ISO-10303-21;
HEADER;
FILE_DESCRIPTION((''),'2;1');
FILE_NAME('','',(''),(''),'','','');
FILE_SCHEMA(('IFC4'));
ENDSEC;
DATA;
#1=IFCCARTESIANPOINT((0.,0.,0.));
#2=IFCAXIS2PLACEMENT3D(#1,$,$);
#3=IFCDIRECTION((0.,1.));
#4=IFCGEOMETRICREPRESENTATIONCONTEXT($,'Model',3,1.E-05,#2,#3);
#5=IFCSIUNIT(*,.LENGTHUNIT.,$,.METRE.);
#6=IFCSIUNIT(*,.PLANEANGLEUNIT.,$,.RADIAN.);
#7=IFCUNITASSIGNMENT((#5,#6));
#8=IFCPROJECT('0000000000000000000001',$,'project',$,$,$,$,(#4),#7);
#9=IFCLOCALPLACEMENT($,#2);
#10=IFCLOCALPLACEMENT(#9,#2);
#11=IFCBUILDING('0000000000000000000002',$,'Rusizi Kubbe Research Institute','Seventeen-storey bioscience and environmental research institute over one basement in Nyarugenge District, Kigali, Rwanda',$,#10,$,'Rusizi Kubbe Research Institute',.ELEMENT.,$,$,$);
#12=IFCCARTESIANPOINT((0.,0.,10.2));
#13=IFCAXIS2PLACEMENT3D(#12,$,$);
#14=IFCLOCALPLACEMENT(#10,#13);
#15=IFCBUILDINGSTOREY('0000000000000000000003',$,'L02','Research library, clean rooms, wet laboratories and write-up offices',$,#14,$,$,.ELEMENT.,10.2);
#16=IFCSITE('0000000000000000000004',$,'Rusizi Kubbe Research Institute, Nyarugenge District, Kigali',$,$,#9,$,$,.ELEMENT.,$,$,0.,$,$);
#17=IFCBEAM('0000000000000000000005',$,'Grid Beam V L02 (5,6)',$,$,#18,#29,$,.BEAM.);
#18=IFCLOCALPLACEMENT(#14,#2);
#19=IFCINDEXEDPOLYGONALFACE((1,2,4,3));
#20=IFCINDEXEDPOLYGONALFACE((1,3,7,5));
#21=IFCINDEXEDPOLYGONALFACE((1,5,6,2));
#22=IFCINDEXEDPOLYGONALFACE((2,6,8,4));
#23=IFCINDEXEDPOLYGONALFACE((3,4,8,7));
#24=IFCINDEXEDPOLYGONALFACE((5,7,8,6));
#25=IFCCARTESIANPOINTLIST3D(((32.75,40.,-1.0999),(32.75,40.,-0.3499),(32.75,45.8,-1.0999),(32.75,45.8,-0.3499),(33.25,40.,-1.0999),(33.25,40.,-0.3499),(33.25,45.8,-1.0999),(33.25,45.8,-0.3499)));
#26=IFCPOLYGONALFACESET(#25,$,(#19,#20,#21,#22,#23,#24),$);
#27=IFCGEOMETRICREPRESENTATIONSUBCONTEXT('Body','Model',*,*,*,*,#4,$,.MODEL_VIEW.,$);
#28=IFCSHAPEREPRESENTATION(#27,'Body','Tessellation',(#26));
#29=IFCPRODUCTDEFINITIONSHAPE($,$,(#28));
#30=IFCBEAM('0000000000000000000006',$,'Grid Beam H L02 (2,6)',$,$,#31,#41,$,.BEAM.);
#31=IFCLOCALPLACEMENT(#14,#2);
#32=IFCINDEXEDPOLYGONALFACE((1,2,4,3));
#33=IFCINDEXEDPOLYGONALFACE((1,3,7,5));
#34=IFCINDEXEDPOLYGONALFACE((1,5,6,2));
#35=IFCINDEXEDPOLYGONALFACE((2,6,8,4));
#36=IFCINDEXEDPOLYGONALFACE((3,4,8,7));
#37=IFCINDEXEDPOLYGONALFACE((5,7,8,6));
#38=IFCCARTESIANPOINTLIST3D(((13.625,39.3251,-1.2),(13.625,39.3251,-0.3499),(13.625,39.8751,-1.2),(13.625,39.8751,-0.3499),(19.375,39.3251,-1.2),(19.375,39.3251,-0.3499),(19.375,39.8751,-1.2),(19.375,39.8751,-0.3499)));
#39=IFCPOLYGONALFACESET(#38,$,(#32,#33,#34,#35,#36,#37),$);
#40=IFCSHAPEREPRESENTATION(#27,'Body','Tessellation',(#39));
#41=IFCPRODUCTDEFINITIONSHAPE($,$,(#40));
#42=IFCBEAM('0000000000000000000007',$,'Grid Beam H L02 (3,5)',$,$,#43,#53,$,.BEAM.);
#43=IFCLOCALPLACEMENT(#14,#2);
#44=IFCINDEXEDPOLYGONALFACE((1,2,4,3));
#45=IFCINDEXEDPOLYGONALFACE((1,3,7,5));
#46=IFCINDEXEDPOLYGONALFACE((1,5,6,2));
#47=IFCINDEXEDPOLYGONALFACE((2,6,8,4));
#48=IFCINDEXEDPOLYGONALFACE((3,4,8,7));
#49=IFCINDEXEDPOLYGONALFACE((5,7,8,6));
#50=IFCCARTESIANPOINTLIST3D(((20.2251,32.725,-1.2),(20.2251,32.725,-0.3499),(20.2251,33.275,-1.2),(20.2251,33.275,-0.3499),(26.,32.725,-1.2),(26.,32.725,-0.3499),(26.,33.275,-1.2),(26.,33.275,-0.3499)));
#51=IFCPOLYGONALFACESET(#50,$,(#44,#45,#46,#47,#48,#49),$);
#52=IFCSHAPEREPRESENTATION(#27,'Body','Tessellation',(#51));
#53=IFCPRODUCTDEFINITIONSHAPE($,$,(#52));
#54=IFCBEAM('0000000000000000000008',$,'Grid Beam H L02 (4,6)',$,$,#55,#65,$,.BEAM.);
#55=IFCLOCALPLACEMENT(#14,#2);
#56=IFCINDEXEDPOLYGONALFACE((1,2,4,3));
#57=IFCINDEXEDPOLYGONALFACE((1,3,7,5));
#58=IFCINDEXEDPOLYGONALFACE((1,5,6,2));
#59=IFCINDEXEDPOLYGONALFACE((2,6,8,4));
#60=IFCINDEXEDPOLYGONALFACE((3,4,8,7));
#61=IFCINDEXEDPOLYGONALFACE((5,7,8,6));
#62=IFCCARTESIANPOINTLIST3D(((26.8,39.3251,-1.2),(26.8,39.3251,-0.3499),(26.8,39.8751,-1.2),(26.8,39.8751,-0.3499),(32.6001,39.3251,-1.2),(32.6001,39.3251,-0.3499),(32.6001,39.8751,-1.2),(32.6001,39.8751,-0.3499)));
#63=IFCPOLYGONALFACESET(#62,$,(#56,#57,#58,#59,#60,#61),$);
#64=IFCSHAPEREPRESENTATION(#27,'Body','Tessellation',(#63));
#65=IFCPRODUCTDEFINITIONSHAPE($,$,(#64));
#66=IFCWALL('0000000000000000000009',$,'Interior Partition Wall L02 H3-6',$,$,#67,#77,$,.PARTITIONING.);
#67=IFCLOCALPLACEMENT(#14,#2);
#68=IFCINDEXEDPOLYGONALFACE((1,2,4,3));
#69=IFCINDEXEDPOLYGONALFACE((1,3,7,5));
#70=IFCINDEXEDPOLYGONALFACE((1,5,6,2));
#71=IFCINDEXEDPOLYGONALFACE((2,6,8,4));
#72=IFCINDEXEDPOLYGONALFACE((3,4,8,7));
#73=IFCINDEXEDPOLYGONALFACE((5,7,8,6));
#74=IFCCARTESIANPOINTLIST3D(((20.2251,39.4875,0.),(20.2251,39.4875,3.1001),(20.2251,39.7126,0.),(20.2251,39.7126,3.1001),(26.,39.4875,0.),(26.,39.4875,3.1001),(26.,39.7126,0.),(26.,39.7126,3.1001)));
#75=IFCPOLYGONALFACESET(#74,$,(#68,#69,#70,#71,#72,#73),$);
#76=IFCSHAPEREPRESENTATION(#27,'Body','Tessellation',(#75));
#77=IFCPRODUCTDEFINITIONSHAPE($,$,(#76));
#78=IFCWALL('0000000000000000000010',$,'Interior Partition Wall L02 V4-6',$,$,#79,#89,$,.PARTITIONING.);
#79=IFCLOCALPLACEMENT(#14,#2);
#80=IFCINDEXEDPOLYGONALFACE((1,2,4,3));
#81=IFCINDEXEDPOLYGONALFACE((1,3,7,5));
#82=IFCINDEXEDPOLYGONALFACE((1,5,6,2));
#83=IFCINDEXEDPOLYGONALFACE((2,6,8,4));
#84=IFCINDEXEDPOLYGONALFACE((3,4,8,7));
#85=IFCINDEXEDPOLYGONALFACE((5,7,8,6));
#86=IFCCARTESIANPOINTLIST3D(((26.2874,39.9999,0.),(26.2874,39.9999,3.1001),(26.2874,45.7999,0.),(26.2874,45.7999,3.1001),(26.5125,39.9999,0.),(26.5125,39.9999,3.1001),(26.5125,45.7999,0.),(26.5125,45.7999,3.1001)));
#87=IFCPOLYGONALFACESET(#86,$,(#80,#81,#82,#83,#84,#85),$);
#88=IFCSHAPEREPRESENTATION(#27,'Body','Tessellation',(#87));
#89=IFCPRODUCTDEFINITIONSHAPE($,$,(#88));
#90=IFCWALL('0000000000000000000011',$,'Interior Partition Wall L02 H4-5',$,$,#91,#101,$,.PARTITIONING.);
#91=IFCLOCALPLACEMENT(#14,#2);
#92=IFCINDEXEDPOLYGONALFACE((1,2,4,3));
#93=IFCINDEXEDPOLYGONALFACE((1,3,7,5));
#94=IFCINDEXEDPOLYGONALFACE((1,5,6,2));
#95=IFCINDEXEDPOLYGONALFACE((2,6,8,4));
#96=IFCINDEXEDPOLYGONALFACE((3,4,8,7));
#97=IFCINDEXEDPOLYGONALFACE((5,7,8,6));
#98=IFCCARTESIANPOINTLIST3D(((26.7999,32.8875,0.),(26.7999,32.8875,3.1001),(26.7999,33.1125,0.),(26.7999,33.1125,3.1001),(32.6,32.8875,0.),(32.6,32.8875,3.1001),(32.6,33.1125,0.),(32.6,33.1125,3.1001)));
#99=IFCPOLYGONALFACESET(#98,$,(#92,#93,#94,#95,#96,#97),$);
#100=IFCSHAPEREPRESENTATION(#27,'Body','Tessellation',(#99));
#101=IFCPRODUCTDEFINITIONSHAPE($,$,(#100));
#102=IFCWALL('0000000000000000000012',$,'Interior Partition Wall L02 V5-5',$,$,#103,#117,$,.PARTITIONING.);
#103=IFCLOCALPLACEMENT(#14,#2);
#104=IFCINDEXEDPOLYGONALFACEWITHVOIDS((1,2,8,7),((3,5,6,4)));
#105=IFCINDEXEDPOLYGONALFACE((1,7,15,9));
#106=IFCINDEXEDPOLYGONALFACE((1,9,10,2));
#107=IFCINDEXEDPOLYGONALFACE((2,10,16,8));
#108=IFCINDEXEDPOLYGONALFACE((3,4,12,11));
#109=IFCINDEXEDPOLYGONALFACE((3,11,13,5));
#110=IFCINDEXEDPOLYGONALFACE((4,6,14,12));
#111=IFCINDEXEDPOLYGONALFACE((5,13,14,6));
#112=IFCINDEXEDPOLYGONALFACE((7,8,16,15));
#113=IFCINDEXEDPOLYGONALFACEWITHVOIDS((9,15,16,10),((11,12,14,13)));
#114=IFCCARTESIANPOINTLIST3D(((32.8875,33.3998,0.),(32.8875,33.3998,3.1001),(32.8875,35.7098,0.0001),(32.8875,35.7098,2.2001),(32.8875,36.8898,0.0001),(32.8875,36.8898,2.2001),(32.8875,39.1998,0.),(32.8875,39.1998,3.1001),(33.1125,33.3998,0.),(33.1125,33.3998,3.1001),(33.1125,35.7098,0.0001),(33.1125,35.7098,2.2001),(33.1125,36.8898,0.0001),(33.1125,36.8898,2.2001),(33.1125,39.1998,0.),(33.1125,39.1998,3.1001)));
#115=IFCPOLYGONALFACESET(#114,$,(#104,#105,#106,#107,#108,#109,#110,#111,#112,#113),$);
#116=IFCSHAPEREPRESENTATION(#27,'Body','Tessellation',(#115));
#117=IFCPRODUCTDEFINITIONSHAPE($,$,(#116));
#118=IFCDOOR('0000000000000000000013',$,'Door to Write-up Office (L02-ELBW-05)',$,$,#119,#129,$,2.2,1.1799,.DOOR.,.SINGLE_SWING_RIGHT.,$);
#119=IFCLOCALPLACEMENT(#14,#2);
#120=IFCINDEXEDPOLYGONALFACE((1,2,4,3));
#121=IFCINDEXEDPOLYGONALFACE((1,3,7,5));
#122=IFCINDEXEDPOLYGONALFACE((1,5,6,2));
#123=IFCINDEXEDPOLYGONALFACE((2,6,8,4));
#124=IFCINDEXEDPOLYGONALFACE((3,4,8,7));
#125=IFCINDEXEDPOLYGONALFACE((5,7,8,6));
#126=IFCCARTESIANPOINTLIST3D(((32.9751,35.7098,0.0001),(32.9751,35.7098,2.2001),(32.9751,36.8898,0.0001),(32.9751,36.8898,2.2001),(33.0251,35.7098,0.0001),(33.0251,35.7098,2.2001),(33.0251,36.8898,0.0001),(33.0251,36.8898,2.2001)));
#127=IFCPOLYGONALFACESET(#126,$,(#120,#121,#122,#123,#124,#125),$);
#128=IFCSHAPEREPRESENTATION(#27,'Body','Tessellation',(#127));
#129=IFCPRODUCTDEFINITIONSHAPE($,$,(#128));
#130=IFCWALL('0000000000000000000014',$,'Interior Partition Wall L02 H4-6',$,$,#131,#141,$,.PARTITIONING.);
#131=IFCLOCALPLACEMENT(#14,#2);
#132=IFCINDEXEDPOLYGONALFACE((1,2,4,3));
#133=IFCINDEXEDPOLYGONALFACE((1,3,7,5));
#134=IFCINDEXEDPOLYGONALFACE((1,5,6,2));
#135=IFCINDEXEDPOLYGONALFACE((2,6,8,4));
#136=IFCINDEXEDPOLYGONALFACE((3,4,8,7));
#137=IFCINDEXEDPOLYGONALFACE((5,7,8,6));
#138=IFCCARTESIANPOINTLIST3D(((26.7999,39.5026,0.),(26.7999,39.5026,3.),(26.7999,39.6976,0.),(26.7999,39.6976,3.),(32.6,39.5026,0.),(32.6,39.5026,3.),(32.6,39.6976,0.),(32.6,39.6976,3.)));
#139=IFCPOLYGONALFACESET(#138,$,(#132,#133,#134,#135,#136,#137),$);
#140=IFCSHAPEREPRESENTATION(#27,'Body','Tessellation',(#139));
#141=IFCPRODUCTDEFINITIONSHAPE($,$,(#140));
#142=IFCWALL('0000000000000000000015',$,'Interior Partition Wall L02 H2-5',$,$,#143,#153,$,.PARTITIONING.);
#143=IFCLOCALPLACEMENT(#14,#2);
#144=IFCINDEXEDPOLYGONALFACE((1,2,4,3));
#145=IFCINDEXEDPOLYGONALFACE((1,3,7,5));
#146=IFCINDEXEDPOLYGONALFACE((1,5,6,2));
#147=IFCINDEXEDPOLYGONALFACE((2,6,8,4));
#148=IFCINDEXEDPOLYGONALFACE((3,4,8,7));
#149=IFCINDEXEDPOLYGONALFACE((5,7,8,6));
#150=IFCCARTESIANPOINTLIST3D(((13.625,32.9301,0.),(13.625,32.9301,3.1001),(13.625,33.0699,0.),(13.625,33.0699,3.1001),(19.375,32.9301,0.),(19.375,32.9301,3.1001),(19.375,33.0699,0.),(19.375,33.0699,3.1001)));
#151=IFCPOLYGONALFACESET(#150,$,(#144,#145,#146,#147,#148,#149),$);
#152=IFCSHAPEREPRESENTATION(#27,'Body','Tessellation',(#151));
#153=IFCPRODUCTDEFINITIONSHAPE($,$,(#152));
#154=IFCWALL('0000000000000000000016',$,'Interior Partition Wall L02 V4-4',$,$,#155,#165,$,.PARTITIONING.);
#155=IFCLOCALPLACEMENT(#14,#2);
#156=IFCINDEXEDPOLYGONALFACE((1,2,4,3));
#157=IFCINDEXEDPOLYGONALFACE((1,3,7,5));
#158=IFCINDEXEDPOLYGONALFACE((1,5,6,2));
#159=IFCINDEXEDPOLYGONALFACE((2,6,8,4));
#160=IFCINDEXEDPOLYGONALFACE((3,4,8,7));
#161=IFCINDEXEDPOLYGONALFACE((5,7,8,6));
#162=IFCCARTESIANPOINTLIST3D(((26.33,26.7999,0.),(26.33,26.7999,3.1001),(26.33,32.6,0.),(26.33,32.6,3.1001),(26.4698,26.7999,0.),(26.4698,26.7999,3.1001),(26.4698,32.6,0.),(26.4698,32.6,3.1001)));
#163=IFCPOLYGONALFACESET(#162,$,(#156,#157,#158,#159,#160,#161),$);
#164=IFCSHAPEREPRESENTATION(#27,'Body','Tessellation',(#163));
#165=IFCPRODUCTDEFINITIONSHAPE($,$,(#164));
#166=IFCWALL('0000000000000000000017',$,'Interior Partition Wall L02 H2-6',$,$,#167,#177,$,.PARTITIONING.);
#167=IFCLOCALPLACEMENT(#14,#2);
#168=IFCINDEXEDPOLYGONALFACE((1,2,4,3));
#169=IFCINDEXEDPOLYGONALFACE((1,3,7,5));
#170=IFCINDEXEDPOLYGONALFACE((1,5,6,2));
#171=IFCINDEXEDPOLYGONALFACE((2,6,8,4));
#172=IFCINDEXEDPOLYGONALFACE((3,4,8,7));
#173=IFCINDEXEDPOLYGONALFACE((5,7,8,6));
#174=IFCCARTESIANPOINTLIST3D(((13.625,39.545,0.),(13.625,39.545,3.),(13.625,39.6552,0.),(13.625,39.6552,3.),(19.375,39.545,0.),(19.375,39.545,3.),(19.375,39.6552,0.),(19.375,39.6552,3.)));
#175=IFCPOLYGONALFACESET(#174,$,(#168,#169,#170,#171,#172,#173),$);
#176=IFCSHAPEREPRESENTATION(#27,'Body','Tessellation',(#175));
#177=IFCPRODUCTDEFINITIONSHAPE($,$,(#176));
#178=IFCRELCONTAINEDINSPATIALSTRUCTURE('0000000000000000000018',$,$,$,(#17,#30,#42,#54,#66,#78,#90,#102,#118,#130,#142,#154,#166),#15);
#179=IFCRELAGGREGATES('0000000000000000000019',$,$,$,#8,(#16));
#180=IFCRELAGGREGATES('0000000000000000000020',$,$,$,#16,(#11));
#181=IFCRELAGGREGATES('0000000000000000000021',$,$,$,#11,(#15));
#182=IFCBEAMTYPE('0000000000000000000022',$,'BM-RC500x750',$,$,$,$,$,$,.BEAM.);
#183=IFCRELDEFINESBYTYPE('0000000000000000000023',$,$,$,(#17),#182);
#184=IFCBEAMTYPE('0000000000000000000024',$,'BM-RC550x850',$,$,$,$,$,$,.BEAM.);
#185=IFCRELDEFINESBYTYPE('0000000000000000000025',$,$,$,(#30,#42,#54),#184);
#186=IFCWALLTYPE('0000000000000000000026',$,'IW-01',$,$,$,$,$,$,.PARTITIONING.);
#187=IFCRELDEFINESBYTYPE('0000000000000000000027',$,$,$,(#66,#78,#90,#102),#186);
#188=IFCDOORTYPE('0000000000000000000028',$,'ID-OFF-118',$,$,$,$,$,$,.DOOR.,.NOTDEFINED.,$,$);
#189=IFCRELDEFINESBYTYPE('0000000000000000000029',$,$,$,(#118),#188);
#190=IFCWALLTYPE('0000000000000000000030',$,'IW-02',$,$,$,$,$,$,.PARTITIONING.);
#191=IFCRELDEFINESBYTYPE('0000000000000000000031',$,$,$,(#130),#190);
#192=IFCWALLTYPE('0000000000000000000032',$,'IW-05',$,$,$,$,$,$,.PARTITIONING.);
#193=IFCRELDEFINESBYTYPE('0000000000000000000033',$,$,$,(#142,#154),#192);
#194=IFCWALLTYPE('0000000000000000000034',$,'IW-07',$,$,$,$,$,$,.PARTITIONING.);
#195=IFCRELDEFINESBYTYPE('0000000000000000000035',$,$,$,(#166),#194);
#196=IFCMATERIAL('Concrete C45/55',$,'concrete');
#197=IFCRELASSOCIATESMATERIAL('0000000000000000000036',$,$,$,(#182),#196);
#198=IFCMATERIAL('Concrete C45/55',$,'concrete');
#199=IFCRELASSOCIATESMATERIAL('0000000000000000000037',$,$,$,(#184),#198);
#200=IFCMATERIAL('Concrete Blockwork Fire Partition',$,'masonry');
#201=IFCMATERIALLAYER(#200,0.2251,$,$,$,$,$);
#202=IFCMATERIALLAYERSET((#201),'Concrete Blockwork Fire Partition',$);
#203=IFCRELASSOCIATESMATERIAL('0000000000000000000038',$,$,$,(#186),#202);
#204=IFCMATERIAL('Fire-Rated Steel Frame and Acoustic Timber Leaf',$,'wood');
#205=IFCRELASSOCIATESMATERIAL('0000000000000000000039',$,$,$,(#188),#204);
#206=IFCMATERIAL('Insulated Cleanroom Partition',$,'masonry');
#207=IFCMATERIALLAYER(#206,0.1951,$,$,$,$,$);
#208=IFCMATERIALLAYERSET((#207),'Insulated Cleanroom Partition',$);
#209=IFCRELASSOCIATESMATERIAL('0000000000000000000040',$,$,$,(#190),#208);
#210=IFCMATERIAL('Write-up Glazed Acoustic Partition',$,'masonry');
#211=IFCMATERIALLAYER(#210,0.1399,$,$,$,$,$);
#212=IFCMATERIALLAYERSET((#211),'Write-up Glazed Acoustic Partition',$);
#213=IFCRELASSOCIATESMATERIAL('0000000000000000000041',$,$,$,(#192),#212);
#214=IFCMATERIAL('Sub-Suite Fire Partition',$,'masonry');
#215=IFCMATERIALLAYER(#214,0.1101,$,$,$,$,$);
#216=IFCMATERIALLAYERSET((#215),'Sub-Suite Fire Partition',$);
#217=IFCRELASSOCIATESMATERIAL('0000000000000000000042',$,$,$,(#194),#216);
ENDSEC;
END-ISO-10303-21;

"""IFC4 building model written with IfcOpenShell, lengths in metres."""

from ifc_helpers import new_model, si_unit, direction, frame, frame_2d, origin, origin_2d, place, context, subcontext, project, spatial, rectangle, extrude, material, layer, layer_set, material_profile, profile_set, type_object, element, fill, save


model = new_model("IFC4")

# Units and contexts
model_context = context("Model", 3, precision=1e-05, world=origin(), true_north=direction((0.0, 1.0)))
body_context = subcontext(model_context, "Body", "Model", "MODEL_VIEW")
ifc_project = project(units=[si_unit("LENGTHUNIT", "METRE"), si_unit("PLANEANGLEUNIT", "RADIAN")], contexts=[model_context])

# Site, building, storey
site_placement = place(None, origin())
site = spatial("IfcSite", under=ifc_project, at=site_placement, Name="Rusizi Kubbe Research Institute, Nyarugenge District, Kigali", CompositionType="ELEMENT", RefElevation=0.0)
building_placement = place(site_placement, origin())
building = spatial("IfcBuilding", under=site, at=building_placement, Name="Rusizi Kubbe Research Institute", Description="Seventeen-storey bioscience and environmental research institute over one basement in Nyarugenge District, Kigali, Rwanda", LongName="Rusizi Kubbe Research Institute", CompositionType="ELEMENT")
storey_placement = place(building_placement, frame((0.0, 0.0, 10.2)))
storey = spatial("IfcBuildingStorey", under=building, at=storey_placement, Name="L02", Description="Research library, clean rooms, wet laboratories and write-up offices", CompositionType="ELEMENT", Elevation=10.2)

# Beams
ifc_material_1 = material(Name="Concrete C45/55", Category="concrete")
ifc_material_profile_1 = material_profile(ifc_material_1, rectangle(XDim=0.5, YDim=0.75, at=origin_2d()), Name="RC500x750B")
ifc_profile_set_1 = profile_set([ifc_material_profile_1], Name="Concrete C45/55")
beam_type_1 = type_object("IfcBeamType", Name="BM-RC500x750", PredefinedType="BEAM", material=ifc_profile_set_1)
for number, where, z_axis, x_axis, name in (
    (1, (33.0, 40.0, -0.7249), (0.0, 1.0, 0.0), (-1.0, 0.0, 0.0), "Grid Beam V L02 (5,6)"),
):
    element("IfcBeam", number, at=place(storey_placement, frame(where, z_axis=z_axis, x_axis=x_axis)), inside=storey, type_object=beam_type_1, Name=name, PredefinedType="BEAM", context=body_context, shape_type="SweptSolid", body=[
        extrude(rectangle(XDim=0.5, YDim=0.75, at=origin_2d()), origin(), (0.0, 0.0, 1.0), 5.8),
    ])
ifc_material_2 = material(Name="Concrete C45/55", Category="concrete")
ifc_material_profile_2 = material_profile(ifc_material_2, rectangle(XDim=0.55, YDim=0.8501, at=origin_2d()), Name="RC550x850")
ifc_profile_set_2 = profile_set([ifc_material_profile_2], Name="Concrete C45/55")
beam_type_2 = type_object("IfcBeamType", Name="BM-RC550x850", PredefinedType="BEAM", material=ifc_profile_set_2)
beam_1_placement = place(storey_placement, frame((13.625, 39.6001, -0.7749), z_axis=(1.0, 0.0, 0.0), x_axis=(0.0, 1.0, 0.0)))
element("IfcBeam", 2, at=beam_1_placement, inside=storey, type_object=beam_type_2, Name="Grid Beam H L02 (2,6)", PredefinedType="BEAM", context=body_context, shape_type="SweptSolid", body=[
    extrude(rectangle(XDim=0.55, YDim=0.8501, at=origin_2d()), origin(), (0.0, 0.0, 1.0), 5.75),
])
beam_2_placement = place(storey_placement, frame((20.2251, 33.0, -0.7749), z_axis=(1.0, 0.0, 0.0), x_axis=(0.0, 1.0, 0.0)))
element("IfcBeam", 3, at=beam_2_placement, inside=storey, type_object=beam_type_2, Name="Grid Beam H L02 (3,5)", PredefinedType="BEAM", context=body_context, shape_type="SweptSolid", body=[
    extrude(rectangle(XDim=0.55, YDim=0.8501, at=origin_2d()), origin(), (0.0, 0.0, 1.0), 5.7749),
])
beam_3_placement = place(storey_placement, frame((26.8, 39.6001, -0.7749), z_axis=(1.0, 0.0, 0.0), x_axis=(0.0, 1.0, 0.0)))
element("IfcBeam", 4, at=beam_3_placement, inside=storey, type_object=beam_type_2, Name="Grid Beam H L02 (4,6)", PredefinedType="BEAM", context=body_context, shape_type="SweptSolid", body=[
    extrude(rectangle(XDim=0.55, YDim=0.8501, at=origin_2d()), origin(), (0.0, 0.0, 1.0), 5.8),
])

# Walls
ifc_material_3 = material(Name="Concrete Blockwork Fire Partition", Category="masonry")
ifc_layer_1 = layer(ifc_material_3, 0.2251)
ifc_layer_set_1 = layer_set([ifc_layer_1], Name="Concrete Blockwork Fire Partition")
wall_type_1 = type_object("IfcWallType", Name="IW-01", PredefinedType="PARTITIONING", material=ifc_layer_set_1)
wall_1_placement = place(storey_placement, frame((20.2251, 39.6001, 0.0), z_axis=(0.0, 0.0, 1.0), x_axis=(1.0, 0.0, 0.0)))
element("IfcWall", 5, at=wall_1_placement, inside=storey, type_object=wall_type_1, Name="Interior Partition Wall L02 H3-6", PredefinedType="PARTITIONING", context=body_context, shape_type="SweptSolid", body=[
    extrude(rectangle(XDim=5.7749, YDim=0.2251, at=frame_2d((2.8875, 0.0))), origin(), (0.0, 0.0, 1.0), 3.1001),
])
for number, where, z_axis, x_axis, name in (
    (6, (26.3999, 40.0, 0.0), (0.0, 0.0, 1.0), (0.0, 1.0, 0.0), "Interior Partition Wall L02 V4-6"),
    (7, (26.8, 33.0, 0.0), (0.0, 0.0, 1.0), (1.0, 0.0, 0.0), "Interior Partition Wall L02 H4-5"),
):
    element("IfcWall", number, at=place(storey_placement, frame(where, z_axis=z_axis, x_axis=x_axis)), inside=storey, type_object=wall_type_1, Name=name, PredefinedType="PARTITIONING", context=body_context, shape_type="SweptSolid", body=[
        extrude(rectangle(XDim=5.8, YDim=0.2251, at=frame_2d((2.8999, 0.0))), origin(), (0.0, 0.0, 1.0), 3.1001),
    ])

# Wall, opening, door
wall_2_placement = place(storey_placement, frame((33.0, 33.3999, 0.0), z_axis=(0.0, 0.0, 1.0), x_axis=(0.0, 1.0, 0.0)))
wall_2 = element("IfcWall", 8, at=wall_2_placement, inside=storey, type_object=wall_type_1, Name="Interior Partition Wall L02 V5-5", PredefinedType="PARTITIONING", context=body_context, shape_type="SweptSolid", body=[
    extrude(rectangle(XDim=5.8, YDim=0.2251, at=frame_2d((2.8999, 0.0))), origin(), (0.0, 0.0, 1.0), 3.1001),
])
opening_1_placement = place(wall_2_placement, frame((2.3101, 0.0, 0.0)))
opening_1 = element("IfcOpeningElement", 9, at=opening_1_placement, cuts=wall_2, PredefinedType="OPENING", context=body_context, shape_type="SweptSolid", body=[
    extrude(rectangle(XDim=1.1799, YDim=2.2, at=frame_2d((0.5898, 1.1001))), frame((0.0, 0.1226, 0.0), z_axis=(0.0, -1.0, 0.0), x_axis=(1.0, 0.0, 0.0)), (0.0, 0.0, 1.0), 0.2451),
])
ifc_material_4 = material(Name="Fire-Rated Steel Frame and Acoustic Timber Leaf", Category="wood")
door_type_1 = type_object("IfcDoorType", Name="ID-OFF-118", OperationType="NOTDEFINED", PredefinedType="DOOR", material=ifc_material_4)
door_1_placement = place(opening_1_placement, origin())
door_1 = element("IfcDoor", 10, at=door_1_placement, inside=storey, type_object=door_type_1, Name="Door to Write-up Office (L02-ELBW-05)", OperationType="SINGLE_SWING_RIGHT", OverallHeight=2.2, OverallWidth=1.1799, PredefinedType="DOOR", context=body_context, shape_type="SweptSolid", body=[
    extrude(rectangle(XDim=1.1799, YDim=2.2, at=frame_2d((0.5898, 1.1001))), frame((0.0, 0.0249, 0.0), z_axis=(0.0, -1.0, 0.0), x_axis=(1.0, 0.0, 0.0)), (0.0, 0.0, 1.0), 0.05),
])
fill(opening_1, door_1)

# Wall
ifc_material_5 = material(Name="Insulated Cleanroom Partition", Category="masonry")
ifc_layer_2 = layer(ifc_material_5, 0.1951)
ifc_layer_set_2 = layer_set([ifc_layer_2], Name="Insulated Cleanroom Partition")
wall_type_2 = type_object("IfcWallType", Name="IW-02", PredefinedType="PARTITIONING", material=ifc_layer_set_2)
wall_3_placement = place(storey_placement, frame((26.8, 39.6001, 0.0), z_axis=(0.0, 0.0, 1.0), x_axis=(1.0, 0.0, 0.0)))
element("IfcWall", 11, at=wall_3_placement, inside=storey, type_object=wall_type_2, Name="Interior Partition Wall L02 H4-6", PredefinedType="PARTITIONING", context=body_context, shape_type="SweptSolid", body=[
    extrude(rectangle(XDim=5.8, YDim=0.1951, at=frame_2d((2.8999, 0.0))), origin(), (0.0, 0.0, 1.0), 3.0),
])

# Walls
ifc_material_6 = material(Name="Write-up Glazed Acoustic Partition", Category="masonry")
ifc_layer_3 = layer(ifc_material_6, 0.1399)
ifc_layer_set_3 = layer_set([ifc_layer_3], Name="Write-up Glazed Acoustic Partition")
wall_type_3 = type_object("IfcWallType", Name="IW-05", PredefinedType="PARTITIONING", material=ifc_layer_set_3)
wall_4_placement = place(storey_placement, frame((13.625, 33.0, 0.0), z_axis=(0.0, 0.0, 1.0), x_axis=(1.0, 0.0, 0.0)))
element("IfcWall", 12, at=wall_4_placement, inside=storey, type_object=wall_type_3, Name="Interior Partition Wall L02 H2-5", PredefinedType="PARTITIONING", context=body_context, shape_type="SweptSolid", body=[
    extrude(rectangle(XDim=5.75, YDim=0.1399, at=frame_2d((2.875, 0.0))), origin(), (0.0, 0.0, 1.0), 3.1001),
])
wall_5_placement = place(storey_placement, frame((26.3999, 26.8, 0.0), z_axis=(0.0, 0.0, 1.0), x_axis=(0.0, 1.0, 0.0)))
element("IfcWall", 13, at=wall_5_placement, inside=storey, type_object=wall_type_3, Name="Interior Partition Wall L02 V4-4", PredefinedType="PARTITIONING", context=body_context, shape_type="SweptSolid", body=[
    extrude(rectangle(XDim=5.8, YDim=0.1399, at=frame_2d((2.8999, 0.0))), origin(), (0.0, 0.0, 1.0), 3.1001),
])
ifc_material_7 = material(Name="Sub-Suite Fire Partition", Category="masonry")
ifc_layer_4 = layer(ifc_material_7, 0.1101)
ifc_layer_set_4 = layer_set([ifc_layer_4], Name="Sub-Suite Fire Partition")
wall_type_4 = type_object("IfcWallType", Name="IW-07", PredefinedType="PARTITIONING", material=ifc_layer_set_4)
wall_6_placement = place(storey_placement, frame((13.625, 39.6001, 0.0), z_axis=(0.0, 0.0, 1.0), x_axis=(1.0, 0.0, 0.0)))
element("IfcWall", 14, at=wall_6_placement, inside=storey, type_object=wall_type_4, Name="Interior Partition Wall L02 H2-6", PredefinedType="PARTITIONING", context=body_context, shape_type="SweptSolid", body=[
    extrude(rectangle(XDim=5.75, YDim=0.1101, at=frame_2d((2.875, 0.0))), origin(), (0.0, 0.0, 1.0), 3.0),
])

save(model, "model.ifc")
